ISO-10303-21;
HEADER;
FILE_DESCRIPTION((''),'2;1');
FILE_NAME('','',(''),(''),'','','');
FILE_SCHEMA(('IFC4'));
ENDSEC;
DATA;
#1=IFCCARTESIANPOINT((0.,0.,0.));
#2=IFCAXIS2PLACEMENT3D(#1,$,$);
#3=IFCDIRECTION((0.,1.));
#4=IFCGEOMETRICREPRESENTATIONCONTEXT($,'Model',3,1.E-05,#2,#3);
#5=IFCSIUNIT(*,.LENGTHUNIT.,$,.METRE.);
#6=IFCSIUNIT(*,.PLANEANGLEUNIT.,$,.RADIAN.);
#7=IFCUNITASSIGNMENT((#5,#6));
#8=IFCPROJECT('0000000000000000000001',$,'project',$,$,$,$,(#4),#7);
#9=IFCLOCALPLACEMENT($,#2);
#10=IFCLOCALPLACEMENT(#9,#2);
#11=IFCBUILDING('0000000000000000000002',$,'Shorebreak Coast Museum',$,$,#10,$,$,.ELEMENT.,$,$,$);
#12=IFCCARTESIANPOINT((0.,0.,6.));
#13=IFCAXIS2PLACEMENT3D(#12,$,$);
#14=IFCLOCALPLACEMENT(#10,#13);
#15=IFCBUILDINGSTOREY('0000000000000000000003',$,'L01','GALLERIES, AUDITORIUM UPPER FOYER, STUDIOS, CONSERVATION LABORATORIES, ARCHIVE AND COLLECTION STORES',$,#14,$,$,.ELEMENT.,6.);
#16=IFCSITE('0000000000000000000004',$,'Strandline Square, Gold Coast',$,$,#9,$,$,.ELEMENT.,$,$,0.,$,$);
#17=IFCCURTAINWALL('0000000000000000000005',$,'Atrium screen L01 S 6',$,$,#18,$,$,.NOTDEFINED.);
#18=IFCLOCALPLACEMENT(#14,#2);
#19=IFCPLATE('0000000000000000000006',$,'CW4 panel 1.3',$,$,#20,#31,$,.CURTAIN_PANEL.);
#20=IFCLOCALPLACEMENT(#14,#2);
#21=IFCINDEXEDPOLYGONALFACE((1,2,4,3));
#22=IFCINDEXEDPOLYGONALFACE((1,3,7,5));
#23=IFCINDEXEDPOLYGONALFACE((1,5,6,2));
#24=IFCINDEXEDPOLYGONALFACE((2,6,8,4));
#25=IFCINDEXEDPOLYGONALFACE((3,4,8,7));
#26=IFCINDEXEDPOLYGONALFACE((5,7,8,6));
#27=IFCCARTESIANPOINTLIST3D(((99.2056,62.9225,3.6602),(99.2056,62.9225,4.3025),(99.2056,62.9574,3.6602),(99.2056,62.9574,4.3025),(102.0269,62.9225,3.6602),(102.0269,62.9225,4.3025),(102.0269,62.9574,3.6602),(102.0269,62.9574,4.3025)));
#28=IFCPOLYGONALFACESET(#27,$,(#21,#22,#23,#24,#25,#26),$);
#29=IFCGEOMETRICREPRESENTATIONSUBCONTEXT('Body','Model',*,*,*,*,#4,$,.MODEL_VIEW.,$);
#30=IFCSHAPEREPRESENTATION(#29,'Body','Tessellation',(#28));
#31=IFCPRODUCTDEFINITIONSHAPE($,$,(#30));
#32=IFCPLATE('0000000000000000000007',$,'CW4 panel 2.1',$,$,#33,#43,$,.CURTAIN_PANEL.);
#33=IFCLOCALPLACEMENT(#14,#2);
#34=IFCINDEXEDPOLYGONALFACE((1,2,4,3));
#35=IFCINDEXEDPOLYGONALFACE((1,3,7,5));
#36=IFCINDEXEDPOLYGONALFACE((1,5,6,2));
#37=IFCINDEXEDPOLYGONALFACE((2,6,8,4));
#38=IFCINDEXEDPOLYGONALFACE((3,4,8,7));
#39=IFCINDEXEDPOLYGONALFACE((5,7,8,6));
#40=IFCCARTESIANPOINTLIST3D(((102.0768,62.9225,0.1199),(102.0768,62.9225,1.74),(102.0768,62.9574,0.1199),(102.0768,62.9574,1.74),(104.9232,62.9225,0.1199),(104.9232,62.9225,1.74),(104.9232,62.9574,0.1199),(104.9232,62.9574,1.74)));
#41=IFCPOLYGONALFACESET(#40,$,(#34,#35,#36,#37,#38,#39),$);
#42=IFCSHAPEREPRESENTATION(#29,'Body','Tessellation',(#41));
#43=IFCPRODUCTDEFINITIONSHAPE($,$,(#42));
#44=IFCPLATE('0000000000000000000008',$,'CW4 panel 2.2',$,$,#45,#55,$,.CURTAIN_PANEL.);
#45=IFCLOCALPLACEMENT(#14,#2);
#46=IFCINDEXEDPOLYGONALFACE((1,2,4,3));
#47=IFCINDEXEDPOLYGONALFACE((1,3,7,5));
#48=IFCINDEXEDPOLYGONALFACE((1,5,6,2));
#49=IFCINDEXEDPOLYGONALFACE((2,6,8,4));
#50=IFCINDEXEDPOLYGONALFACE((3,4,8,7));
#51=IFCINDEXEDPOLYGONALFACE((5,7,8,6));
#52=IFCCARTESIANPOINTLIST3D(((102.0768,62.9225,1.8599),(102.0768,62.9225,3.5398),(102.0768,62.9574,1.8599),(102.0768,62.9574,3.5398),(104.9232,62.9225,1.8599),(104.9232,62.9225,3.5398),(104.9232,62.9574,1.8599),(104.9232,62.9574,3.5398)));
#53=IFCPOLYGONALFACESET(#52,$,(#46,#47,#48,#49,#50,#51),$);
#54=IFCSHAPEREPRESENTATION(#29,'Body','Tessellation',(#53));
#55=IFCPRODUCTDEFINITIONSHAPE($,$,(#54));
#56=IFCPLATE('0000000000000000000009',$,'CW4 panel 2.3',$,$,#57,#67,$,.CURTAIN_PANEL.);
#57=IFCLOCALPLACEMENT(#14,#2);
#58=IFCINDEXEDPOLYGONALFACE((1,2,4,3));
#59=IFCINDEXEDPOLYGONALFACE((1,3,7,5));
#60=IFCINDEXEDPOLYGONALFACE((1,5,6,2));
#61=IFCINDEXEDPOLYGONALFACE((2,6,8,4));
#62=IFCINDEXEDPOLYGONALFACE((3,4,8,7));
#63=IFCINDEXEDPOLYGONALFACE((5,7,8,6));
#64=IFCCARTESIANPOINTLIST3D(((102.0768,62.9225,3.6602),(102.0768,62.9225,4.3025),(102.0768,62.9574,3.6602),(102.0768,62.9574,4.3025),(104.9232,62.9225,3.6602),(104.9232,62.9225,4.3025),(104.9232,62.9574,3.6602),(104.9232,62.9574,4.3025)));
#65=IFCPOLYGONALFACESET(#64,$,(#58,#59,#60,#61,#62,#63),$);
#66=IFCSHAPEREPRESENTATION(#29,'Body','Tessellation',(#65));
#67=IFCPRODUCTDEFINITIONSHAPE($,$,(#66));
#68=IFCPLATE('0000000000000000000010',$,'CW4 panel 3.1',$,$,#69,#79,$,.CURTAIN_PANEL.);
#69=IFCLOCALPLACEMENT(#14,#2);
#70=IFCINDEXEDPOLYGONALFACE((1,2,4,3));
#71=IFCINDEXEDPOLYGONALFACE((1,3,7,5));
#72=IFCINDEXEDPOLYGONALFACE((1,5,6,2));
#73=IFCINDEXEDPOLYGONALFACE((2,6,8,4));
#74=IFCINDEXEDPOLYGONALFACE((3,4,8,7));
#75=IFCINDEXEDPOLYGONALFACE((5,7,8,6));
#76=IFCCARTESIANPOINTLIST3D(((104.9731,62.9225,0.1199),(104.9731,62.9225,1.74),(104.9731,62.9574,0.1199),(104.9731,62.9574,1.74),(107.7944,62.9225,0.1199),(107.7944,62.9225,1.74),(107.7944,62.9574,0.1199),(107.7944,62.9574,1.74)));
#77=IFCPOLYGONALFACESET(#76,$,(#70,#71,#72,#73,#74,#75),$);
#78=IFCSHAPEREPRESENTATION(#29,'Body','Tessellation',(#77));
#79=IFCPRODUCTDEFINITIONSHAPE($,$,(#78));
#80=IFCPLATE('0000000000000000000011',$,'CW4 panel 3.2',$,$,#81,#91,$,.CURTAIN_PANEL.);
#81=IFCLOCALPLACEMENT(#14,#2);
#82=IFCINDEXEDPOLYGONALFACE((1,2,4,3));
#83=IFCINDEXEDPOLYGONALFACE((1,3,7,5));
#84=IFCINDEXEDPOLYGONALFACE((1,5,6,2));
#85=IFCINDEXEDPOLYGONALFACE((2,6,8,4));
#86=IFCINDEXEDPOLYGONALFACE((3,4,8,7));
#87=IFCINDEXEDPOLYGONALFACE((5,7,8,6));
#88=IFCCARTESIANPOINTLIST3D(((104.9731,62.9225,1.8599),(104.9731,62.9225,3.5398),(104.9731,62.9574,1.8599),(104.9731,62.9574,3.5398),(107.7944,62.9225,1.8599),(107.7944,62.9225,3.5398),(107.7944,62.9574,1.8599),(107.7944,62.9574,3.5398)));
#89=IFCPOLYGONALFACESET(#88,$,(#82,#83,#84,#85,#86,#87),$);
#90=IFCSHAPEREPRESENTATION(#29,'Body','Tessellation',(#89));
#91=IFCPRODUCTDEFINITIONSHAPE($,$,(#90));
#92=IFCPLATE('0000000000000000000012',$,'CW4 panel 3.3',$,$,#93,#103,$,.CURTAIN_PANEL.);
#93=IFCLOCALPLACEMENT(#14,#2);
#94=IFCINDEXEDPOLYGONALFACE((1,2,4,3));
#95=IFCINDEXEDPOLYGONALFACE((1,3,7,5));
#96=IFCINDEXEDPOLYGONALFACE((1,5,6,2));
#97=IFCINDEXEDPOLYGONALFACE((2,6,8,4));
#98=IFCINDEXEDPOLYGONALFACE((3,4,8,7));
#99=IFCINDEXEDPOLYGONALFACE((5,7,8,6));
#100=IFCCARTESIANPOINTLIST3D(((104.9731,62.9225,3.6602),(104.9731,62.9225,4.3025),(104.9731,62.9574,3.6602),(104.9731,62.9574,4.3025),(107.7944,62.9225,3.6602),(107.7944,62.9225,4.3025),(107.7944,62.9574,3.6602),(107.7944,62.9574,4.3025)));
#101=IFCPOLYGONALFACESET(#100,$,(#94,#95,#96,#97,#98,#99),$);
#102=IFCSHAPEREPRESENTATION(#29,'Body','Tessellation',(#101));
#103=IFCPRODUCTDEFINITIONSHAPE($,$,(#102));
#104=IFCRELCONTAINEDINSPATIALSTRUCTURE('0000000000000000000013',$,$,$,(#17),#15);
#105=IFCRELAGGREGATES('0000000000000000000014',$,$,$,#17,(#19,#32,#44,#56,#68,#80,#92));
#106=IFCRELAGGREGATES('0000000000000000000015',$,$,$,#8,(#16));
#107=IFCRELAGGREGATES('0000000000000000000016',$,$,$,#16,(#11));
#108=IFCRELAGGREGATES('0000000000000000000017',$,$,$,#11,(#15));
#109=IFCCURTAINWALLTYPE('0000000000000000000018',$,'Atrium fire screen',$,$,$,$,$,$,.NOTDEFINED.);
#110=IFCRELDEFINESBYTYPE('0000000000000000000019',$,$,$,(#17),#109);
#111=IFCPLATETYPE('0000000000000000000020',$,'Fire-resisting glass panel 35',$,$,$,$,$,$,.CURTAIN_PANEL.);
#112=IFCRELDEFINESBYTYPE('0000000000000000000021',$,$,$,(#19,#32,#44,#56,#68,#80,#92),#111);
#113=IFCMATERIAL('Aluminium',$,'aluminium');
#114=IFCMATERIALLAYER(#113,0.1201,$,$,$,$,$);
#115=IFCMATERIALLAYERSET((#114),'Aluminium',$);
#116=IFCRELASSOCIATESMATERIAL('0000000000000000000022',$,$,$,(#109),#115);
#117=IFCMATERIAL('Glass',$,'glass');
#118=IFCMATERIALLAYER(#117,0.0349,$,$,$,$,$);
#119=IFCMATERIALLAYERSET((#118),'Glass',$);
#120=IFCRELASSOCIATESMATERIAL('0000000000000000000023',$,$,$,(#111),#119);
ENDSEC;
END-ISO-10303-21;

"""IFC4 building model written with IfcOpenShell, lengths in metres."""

from ifc_helpers import new_model, si_unit, direction, frame, origin, origin_2d, place, context, subcontext, project, spatial, rectangle, extrude, material, layer, layer_set, type_object, element, aggregate, save


model = new_model("IFC4")

# Units and contexts
model_context = context("Model", 3, precision=1e-05, world=origin(), true_north=direction((0.0, 1.0)))
body_context = subcontext(model_context, "Body", "Model", "MODEL_VIEW")
ifc_project = project(units=[si_unit("LENGTHUNIT", "METRE"), si_unit("PLANEANGLEUNIT", "RADIAN")], contexts=[model_context])

# Site, building, storey
site_placement = place(None, origin())
site = spatial("IfcSite", under=ifc_project, at=site_placement, Name="Strandline Square, Gold Coast", CompositionType="ELEMENT", RefElevation=0.0)
building_placement = place(site_placement, origin())
building = spatial("IfcBuilding", under=site, at=building_placement, Name="Shorebreak Coast Museum", CompositionType="ELEMENT")
storey_placement = place(building_placement, frame((0.0, 0.0, 6.0)))
storey = spatial("IfcBuildingStorey", under=building, at=storey_placement, Name="L01", Description="GALLERIES, AUDITORIUM UPPER FOYER, STUDIOS, CONSERVATION LABORATORIES, ARCHIVE AND COLLECTION STORES", CompositionType="ELEMENT", Elevation=6.0)

# Curtain wall, plates
ifc_material_1 = material(Name="Aluminium", Category="aluminium")
ifc_layer_1 = layer(ifc_material_1, 0.1201)
ifc_layer_set_1 = layer_set([ifc_layer_1], Name="Aluminium")
curtain_wall_type = type_object("IfcCurtainWallType", Name="Atrium fire screen", PredefinedType="NOTDEFINED", material=ifc_layer_set_1)
curtain_wall_placement = place(storey_placement, origin())
curtain_wall = element("IfcCurtainWall", 1, at=curtain_wall_placement, inside=storey, type_object=curtain_wall_type, Name="Atrium screen L01 S 6", PredefinedType="NOTDEFINED")
ifc_material_2 = material(Name="Glass", Category="glass")
ifc_layer_2 = layer(ifc_material_2, 0.0349)
ifc_layer_set_2 = layer_set([ifc_layer_2], Name="Glass")
plate_type = type_object("IfcPlateType", Name="Fire-resisting glass panel 35", PredefinedType="CURTAIN_PANEL", material=ifc_layer_set_2)
plate_1_placement = place(storey_placement, frame((100.6162, 62.9399, 3.6602), z_axis=(0.0, 0.0, 1.0), x_axis=(1.0, 0.0, 0.0)))
plate_1 = element("IfcPlate", 2, at=plate_1_placement, type_object=plate_type, Name="CW4 panel 1.3", PredefinedType="CURTAIN_PANEL", context=body_context, shape_type="SweptSolid", body=[
    extrude(rectangle(XDim=2.8213, YDim=0.0349, at=origin_2d()), origin(), (0.0, 0.0, 1.0), 0.6423),
])
plate_2_placement = place(storey_placement, frame((103.5, 62.9399, 0.1199), z_axis=(0.0, 0.0, 1.0), x_axis=(1.0, 0.0, 0.0)))
plate_2 = element("IfcPlate", 3, at=plate_2_placement, type_object=plate_type, Name="CW4 panel 2.1", PredefinedType="CURTAIN_PANEL", context=body_context, shape_type="SweptSolid", body=[
    extrude(rectangle(XDim=2.8464, YDim=0.0349, at=origin_2d()), origin(), (0.0, 0.0, 1.0), 1.6201),
])
plate_3_placement = place(storey_placement, frame((103.5, 62.9399, 1.8599), z_axis=(0.0, 0.0, 1.0), x_axis=(1.0, 0.0, 0.0)))
plate_3 = element("IfcPlate", 4, at=plate_3_placement, type_object=plate_type, Name="CW4 panel 2.2", PredefinedType="CURTAIN_PANEL", context=body_context, shape_type="SweptSolid", body=[
    extrude(rectangle(XDim=2.8464, YDim=0.0349, at=origin_2d()), origin(), (0.0, 0.0, 1.0), 1.6799),
])
plate_4_placement = place(storey_placement, frame((103.5, 62.9399, 3.6602), z_axis=(0.0, 0.0, 1.0), x_axis=(1.0, 0.0, 0.0)))
plate_4 = element("IfcPlate", 5, at=plate_4_placement, type_object=plate_type, Name="CW4 panel 2.3", PredefinedType="CURTAIN_PANEL", context=body_context, shape_type="SweptSolid", body=[
    extrude(rectangle(XDim=2.8464, YDim=0.0349, at=origin_2d()), origin(), (0.0, 0.0, 1.0), 0.6423),
])
plate_5_placement = place(storey_placement, frame((106.3838, 62.9399, 0.1199), z_axis=(0.0, 0.0, 1.0), x_axis=(1.0, 0.0, 0.0)))
plate_5 = element("IfcPlate", 6, at=plate_5_placement, type_object=plate_type, Name="CW4 panel 3.1", PredefinedType="CURTAIN_PANEL", context=body_context, shape_type="SweptSolid", body=[
    extrude(rectangle(XDim=2.8213, YDim=0.0349, at=origin_2d()), origin(), (0.0, 0.0, 1.0), 1.6201),
])
plate_6_placement = place(storey_placement, frame((106.3838, 62.9399, 1.8599), z_axis=(0.0, 0.0, 1.0), x_axis=(1.0, 0.0, 0.0)))
plate_6 = element("IfcPlate", 7, at=plate_6_placement, type_object=plate_type, Name="CW4 panel 3.2", PredefinedType="CURTAIN_PANEL", context=body_context, shape_type="SweptSolid", body=[
    extrude(rectangle(XDim=2.8213, YDim=0.0349, at=origin_2d()), origin(), (0.0, 0.0, 1.0), 1.6799),
])
plate_7_placement = place(storey_placement, frame((106.3838, 62.9399, 3.6602), z_axis=(0.0, 0.0, 1.0), x_axis=(1.0, 0.0, 0.0)))
plate_7 = element("IfcPlate", 8, at=plate_7_placement, type_object=plate_type, Name="CW4 panel 3.3", PredefinedType="CURTAIN_PANEL", context=body_context, shape_type="SweptSolid", body=[
    extrude(rectangle(XDim=2.8213, YDim=0.0349, at=origin_2d()), origin(), (0.0, 0.0, 1.0), 0.6423),
])
aggregate(curtain_wall, [plate_1, plate_2, plate_3, plate_4, plate_5, plate_6, plate_7])

save(model, "model.ifc")
